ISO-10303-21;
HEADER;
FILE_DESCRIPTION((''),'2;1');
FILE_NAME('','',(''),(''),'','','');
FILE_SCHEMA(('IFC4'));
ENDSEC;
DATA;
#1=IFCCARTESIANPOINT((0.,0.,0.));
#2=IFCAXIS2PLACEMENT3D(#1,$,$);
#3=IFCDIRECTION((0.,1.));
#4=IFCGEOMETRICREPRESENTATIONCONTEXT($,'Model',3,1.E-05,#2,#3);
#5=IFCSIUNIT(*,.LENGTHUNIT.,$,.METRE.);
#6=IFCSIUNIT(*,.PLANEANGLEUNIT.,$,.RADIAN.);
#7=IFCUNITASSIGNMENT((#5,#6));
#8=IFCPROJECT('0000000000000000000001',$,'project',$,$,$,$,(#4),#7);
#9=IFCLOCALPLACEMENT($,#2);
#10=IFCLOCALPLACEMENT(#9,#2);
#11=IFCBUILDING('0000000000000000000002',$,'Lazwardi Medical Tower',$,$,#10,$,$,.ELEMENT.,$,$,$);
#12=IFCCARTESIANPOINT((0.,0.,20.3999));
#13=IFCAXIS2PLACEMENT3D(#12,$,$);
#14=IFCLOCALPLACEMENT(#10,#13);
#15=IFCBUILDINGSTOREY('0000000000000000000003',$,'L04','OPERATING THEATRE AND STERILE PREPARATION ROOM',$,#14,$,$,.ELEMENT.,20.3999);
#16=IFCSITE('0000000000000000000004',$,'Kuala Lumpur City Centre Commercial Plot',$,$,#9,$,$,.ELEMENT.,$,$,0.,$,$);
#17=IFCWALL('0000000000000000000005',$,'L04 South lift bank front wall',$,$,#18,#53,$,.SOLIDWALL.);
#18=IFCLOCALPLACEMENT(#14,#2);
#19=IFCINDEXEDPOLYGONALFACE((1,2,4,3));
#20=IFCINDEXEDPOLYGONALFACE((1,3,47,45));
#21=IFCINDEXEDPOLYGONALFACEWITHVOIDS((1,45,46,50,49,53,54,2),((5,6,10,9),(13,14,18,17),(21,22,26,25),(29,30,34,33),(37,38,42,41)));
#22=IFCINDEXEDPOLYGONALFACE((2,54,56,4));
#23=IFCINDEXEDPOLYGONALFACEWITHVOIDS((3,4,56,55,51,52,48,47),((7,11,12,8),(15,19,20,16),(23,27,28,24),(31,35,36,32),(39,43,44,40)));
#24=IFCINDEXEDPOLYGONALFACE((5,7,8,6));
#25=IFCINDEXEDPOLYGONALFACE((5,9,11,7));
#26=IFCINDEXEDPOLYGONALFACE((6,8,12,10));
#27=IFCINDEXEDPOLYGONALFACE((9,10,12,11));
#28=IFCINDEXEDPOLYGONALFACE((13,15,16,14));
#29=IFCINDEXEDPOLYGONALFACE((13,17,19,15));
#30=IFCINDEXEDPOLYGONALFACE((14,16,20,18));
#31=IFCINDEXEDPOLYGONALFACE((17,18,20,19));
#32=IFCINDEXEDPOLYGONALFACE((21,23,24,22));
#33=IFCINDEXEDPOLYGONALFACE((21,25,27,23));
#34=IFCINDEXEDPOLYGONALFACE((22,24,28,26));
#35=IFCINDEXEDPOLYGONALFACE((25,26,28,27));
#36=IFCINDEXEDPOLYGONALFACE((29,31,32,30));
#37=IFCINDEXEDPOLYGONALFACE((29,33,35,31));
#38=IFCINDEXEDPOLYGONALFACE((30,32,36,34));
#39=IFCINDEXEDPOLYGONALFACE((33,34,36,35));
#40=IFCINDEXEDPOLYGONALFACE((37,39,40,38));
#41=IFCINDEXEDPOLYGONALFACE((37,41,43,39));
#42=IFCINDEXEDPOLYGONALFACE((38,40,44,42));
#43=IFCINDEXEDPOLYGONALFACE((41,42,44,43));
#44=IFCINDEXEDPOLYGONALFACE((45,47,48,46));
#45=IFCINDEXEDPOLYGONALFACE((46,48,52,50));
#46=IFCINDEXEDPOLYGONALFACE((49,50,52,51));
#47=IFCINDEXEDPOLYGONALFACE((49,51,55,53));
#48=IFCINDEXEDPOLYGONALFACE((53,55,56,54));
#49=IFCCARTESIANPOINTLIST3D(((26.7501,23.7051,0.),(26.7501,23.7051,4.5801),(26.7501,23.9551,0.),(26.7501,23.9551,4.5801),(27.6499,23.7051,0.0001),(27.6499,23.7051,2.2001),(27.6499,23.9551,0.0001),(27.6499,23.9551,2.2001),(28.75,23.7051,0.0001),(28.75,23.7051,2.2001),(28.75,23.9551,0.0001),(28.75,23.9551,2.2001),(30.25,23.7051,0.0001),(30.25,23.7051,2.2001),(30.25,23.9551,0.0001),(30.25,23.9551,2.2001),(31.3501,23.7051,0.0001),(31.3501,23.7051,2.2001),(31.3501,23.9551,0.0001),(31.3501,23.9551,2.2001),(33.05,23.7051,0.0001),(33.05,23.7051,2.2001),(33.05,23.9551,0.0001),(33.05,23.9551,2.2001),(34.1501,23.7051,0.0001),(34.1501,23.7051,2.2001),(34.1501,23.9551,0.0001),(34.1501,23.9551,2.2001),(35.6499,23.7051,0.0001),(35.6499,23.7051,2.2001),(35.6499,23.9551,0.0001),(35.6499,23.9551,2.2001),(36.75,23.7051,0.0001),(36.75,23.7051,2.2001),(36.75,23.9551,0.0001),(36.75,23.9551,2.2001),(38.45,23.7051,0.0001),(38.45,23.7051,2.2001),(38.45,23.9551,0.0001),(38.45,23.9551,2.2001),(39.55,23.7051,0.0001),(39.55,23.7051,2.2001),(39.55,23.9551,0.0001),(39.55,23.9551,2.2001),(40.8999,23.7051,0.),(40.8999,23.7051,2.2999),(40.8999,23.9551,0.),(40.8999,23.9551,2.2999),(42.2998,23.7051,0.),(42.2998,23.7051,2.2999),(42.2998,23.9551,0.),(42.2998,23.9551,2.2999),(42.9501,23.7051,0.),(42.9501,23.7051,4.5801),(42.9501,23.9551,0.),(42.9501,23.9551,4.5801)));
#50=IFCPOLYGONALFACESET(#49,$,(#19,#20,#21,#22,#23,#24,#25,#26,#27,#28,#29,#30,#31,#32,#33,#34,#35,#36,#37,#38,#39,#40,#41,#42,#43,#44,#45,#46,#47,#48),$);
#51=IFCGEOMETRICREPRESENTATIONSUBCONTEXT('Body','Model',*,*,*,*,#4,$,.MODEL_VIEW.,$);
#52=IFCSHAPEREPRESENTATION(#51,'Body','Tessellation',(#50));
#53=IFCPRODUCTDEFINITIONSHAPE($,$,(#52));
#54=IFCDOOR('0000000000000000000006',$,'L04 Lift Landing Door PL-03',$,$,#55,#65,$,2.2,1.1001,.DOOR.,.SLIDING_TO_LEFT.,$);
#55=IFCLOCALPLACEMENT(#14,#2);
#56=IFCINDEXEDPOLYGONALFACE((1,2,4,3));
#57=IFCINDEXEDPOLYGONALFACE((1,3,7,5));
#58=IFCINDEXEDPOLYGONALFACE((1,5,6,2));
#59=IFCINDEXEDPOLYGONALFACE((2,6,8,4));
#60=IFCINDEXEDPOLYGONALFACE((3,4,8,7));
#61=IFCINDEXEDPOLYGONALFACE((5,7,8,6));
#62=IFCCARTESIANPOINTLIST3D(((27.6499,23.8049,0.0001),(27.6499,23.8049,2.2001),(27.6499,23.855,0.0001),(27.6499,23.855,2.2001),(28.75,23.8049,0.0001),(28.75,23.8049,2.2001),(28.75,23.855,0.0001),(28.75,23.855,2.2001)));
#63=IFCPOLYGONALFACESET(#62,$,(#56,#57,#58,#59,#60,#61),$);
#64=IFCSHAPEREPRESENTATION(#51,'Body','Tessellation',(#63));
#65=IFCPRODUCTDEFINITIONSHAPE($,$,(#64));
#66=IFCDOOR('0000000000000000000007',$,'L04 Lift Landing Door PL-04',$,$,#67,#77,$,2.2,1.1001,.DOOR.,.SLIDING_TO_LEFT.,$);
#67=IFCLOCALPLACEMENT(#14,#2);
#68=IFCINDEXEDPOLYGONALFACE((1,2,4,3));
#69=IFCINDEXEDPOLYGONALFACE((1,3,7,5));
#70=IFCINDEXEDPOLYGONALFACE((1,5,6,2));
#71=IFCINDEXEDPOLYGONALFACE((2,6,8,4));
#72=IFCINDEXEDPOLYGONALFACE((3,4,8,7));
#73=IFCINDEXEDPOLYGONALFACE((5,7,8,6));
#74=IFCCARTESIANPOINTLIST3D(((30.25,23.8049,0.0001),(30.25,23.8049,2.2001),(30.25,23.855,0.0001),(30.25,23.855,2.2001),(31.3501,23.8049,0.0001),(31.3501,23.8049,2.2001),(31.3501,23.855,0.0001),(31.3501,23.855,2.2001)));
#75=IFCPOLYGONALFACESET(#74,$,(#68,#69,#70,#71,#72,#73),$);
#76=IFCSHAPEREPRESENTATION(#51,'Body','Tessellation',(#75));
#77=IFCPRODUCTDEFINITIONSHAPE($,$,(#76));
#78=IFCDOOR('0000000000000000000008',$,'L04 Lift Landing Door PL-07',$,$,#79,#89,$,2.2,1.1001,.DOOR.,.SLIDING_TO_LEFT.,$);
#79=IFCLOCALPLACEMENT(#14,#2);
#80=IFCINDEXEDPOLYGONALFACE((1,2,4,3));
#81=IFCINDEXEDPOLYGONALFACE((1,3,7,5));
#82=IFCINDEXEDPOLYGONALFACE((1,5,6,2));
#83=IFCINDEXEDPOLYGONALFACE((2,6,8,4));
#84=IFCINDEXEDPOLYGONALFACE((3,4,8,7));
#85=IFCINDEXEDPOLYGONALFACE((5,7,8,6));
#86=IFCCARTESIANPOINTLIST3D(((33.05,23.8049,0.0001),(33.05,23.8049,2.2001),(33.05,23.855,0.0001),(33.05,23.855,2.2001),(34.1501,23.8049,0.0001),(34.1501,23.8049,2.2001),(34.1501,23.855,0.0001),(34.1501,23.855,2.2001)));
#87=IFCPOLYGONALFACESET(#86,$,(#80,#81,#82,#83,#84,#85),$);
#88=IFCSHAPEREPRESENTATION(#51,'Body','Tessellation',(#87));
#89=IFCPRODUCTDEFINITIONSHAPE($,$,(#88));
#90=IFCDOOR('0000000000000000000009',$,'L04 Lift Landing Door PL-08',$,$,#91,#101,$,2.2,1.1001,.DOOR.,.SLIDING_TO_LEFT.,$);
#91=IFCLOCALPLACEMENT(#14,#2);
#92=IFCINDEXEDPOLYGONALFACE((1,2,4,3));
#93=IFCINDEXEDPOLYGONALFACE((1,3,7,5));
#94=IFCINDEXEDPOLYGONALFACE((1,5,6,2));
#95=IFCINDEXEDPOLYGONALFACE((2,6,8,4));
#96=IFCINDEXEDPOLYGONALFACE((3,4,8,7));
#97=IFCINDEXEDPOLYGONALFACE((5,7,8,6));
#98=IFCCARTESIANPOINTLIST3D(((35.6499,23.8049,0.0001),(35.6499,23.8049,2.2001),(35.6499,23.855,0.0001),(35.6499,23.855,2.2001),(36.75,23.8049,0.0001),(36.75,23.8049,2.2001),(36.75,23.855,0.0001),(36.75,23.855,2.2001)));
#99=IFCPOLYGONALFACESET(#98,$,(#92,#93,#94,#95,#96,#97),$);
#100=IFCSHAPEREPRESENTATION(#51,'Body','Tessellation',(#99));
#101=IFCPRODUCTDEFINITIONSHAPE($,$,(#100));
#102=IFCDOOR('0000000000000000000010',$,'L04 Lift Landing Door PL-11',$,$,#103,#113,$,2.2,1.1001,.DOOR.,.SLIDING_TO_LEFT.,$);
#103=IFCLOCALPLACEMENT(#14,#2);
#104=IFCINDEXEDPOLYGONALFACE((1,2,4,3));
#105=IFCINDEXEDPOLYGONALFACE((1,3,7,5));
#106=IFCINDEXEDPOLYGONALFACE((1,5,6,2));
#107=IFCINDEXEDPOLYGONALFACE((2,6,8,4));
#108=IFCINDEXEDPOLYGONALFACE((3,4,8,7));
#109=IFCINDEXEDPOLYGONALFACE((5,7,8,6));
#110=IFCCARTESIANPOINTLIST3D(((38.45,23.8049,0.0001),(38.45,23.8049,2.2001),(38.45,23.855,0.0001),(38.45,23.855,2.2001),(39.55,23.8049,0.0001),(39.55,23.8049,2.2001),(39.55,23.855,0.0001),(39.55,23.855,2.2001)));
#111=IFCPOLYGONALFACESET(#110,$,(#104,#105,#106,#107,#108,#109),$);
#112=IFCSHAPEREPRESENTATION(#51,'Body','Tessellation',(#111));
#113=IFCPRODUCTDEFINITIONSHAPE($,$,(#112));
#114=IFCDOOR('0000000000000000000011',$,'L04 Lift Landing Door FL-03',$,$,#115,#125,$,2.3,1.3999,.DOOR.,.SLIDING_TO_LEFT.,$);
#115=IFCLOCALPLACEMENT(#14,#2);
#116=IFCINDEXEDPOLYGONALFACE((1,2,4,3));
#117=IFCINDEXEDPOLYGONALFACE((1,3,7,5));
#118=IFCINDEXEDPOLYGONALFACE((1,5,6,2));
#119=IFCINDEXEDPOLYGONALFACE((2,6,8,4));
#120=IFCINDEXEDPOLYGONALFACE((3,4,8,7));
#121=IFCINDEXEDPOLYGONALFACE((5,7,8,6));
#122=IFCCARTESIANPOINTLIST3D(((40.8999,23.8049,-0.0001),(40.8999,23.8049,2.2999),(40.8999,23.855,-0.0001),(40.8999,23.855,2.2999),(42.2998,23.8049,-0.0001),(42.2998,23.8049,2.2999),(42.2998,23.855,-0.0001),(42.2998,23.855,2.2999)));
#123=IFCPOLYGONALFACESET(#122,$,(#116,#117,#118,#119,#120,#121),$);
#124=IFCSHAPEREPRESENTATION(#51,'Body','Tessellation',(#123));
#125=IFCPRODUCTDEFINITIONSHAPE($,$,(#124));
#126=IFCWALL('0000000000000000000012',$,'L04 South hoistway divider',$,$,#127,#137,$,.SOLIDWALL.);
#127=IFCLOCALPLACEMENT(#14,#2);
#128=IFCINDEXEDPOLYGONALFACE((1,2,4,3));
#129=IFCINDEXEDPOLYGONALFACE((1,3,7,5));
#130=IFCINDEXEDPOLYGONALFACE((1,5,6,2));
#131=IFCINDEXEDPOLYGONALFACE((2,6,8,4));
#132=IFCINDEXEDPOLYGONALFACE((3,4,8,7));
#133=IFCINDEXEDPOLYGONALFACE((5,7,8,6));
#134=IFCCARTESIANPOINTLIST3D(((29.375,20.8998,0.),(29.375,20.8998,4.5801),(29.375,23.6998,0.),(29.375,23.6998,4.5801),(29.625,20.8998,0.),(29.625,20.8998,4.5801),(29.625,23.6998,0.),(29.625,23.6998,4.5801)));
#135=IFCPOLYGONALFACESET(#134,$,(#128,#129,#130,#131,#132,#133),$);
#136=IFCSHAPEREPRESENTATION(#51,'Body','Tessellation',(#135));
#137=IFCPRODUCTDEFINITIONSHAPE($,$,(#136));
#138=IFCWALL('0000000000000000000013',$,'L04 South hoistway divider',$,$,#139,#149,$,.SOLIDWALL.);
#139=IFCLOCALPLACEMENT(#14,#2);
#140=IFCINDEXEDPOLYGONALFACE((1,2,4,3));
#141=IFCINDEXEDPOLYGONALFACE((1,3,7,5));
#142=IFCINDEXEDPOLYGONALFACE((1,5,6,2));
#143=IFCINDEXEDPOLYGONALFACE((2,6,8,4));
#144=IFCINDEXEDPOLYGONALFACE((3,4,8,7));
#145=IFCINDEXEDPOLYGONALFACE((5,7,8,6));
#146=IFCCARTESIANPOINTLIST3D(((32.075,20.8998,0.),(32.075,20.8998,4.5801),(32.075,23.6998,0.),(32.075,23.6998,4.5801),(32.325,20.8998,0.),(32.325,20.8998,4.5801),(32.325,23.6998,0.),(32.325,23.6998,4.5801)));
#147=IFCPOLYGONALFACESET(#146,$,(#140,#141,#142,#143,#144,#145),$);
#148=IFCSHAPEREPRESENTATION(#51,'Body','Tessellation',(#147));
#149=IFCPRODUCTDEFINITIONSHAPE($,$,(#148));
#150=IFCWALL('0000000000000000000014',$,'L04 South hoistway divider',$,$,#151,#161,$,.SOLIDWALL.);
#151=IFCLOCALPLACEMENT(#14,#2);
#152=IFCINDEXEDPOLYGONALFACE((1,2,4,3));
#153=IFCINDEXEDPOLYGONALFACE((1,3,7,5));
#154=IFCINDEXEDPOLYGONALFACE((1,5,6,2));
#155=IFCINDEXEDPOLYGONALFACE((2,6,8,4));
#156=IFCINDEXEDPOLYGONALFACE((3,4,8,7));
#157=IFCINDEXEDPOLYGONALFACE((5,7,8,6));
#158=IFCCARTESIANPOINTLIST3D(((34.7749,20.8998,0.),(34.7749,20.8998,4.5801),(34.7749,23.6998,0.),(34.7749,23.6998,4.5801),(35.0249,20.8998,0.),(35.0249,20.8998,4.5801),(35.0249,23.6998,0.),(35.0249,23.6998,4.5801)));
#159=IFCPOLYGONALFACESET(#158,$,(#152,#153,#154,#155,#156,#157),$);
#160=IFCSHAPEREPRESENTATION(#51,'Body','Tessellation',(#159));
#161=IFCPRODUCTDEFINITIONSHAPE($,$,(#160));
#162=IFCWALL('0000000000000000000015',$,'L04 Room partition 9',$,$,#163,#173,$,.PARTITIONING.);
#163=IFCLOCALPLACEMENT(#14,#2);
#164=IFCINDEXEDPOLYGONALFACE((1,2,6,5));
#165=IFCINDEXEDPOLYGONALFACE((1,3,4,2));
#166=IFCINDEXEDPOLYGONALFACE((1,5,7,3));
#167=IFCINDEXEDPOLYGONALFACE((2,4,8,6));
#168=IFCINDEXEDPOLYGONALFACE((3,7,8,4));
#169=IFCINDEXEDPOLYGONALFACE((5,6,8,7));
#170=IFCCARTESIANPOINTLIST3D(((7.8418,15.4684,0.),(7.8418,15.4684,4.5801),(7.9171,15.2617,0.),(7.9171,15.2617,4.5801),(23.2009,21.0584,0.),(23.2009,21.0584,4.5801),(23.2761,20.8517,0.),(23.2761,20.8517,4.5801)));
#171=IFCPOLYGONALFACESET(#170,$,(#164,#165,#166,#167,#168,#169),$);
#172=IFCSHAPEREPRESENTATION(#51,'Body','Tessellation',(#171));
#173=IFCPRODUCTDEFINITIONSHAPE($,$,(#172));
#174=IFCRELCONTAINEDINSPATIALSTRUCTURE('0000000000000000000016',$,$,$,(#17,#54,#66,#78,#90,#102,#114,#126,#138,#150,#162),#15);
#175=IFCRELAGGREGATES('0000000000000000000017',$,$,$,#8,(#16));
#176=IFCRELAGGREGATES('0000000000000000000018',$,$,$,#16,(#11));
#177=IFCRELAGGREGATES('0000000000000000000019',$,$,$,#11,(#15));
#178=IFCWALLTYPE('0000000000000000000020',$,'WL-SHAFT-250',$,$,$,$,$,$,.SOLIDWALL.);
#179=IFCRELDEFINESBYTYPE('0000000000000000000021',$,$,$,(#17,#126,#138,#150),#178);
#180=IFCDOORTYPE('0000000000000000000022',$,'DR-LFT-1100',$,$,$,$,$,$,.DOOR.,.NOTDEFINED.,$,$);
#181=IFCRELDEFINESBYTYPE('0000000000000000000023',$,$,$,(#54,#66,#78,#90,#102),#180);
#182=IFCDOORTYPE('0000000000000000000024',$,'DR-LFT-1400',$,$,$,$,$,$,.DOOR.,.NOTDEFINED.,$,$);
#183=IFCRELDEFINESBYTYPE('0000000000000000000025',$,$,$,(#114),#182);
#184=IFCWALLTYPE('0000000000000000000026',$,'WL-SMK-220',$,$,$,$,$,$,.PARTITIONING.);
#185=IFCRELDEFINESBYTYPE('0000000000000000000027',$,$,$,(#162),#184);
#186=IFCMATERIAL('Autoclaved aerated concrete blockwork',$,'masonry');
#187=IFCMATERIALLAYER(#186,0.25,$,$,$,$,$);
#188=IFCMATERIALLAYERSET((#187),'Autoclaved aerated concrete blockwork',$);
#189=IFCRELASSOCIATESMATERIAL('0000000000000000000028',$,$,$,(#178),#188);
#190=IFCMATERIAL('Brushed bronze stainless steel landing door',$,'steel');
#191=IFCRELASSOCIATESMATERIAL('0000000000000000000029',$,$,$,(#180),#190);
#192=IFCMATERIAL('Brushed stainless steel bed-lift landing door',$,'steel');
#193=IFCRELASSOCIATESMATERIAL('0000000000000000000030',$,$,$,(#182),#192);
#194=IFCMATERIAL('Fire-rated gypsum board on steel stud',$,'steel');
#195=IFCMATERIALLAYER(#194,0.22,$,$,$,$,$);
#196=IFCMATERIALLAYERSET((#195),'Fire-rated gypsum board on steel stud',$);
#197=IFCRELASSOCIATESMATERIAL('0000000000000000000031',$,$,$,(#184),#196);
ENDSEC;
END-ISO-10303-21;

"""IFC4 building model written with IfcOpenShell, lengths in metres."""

from ifc_helpers import new_model, si_unit, direction, frame, frame_2d, origin, place, context, subcontext, project, spatial, rectangle, extrude, material, layer, layer_set, type_object, element, fill, save


model = new_model("IFC4")

# Units and contexts
model_context = context("Model", 3, precision=1e-05, world=origin(), true_north=direction((0.0, 1.0)))
body_context = subcontext(model_context, "Body", "Model", "MODEL_VIEW")
ifc_project = project(units=[si_unit("LENGTHUNIT", "METRE"), si_unit("PLANEANGLEUNIT", "RADIAN")], contexts=[model_context])

# Site, building, storey
site_placement = place(None, origin())
site = spatial("IfcSite", under=ifc_project, at=site_placement, Name="Kuala Lumpur City Centre Commercial Plot", CompositionType="ELEMENT", RefElevation=0.0)
building_placement = place(site_placement, origin())
building = spatial("IfcBuilding", under=site, at=building_placement, Name="Lazwardi Medical Tower", CompositionType="ELEMENT")
storey_placement = place(building_placement, frame((0.0, 0.0, 20.3999)))
storey = spatial("IfcBuildingStorey", under=building, at=storey_placement, Name="L04", Description="OPERATING THEATRE AND STERILE PREPARATION ROOM", CompositionType="ELEMENT", Elevation=20.3999)

# Shared definitions
ifc_material_1 = material(Name="Fire-rated gypsum board on steel stud", Category="steel")

# Wall, openings, doors
ifc_material_2 = material(Name="Autoclaved aerated concrete blockwork", Category="masonry")
ifc_layer_1 = layer(ifc_material_2, 0.25)
ifc_layer_set_1 = layer_set([ifc_layer_1], Name="Autoclaved aerated concrete blockwork")
wall_type_1 = type_object("IfcWallType", Name="WL-SHAFT-250", PredefinedType="SOLIDWALL", material=ifc_layer_set_1)
wall_1_placement = place(storey_placement, frame((26.75, 23.8301, 0.0), z_axis=(0.0, 0.0, 1.0), x_axis=(1.0, 0.0, 0.0)))
wall_1 = element("IfcWall", 1, at=wall_1_placement, inside=storey, type_object=wall_type_1, Name="L04 South lift bank front wall", PredefinedType="SOLIDWALL", context=body_context, shape_type="SweptSolid", body=[
    extrude(rectangle(XDim=16.2, YDim=0.25, at=frame_2d((8.1001, 0.0))), origin(), (0.0, 0.0, 1.0), 4.5801),
])
opening_1_placement = place(wall_1_placement, frame((0.8999, 0.0, 0.0)))
opening_1 = element("IfcOpeningElement", 2, at=opening_1_placement, cuts=wall_1, PredefinedType="OPENING", context=body_context, shape_type="SweptSolid", body=[
    extrude(rectangle(XDim=1.1001, YDim=2.2, at=frame_2d((0.55, 1.1001))), frame((0.0, 0.135, 0.0), z_axis=(0.0, -1.0, 0.0), x_axis=(1.0, 0.0, 0.0)), (0.0, 0.0, 1.0), 0.27),
])
opening_2_placement = place(wall_1_placement, frame((3.5, 0.0, 0.0)))
opening_2 = element("IfcOpeningElement", 3, at=opening_2_placement, cuts=wall_1, PredefinedType="OPENING", context=body_context, shape_type="SweptSolid", body=[
    extrude(rectangle(XDim=1.1001, YDim=2.2, at=frame_2d((0.55, 1.1001))), frame((0.0, 0.135, 0.0), z_axis=(0.0, -1.0, 0.0), x_axis=(1.0, 0.0, 0.0)), (0.0, 0.0, 1.0), 0.27),
])
opening_3_placement = place(wall_1_placement, frame((6.3, 0.0, 0.0)))
opening_3 = element("IfcOpeningElement", 4, at=opening_3_placement, cuts=wall_1, PredefinedType="OPENING", context=body_context, shape_type="SweptSolid", body=[
    extrude(rectangle(XDim=1.1001, YDim=2.2, at=frame_2d((0.55, 1.1001))), frame((0.0, 0.135, 0.0), z_axis=(0.0, -1.0, 0.0), x_axis=(1.0, 0.0, 0.0)), (0.0, 0.0, 1.0), 0.27),
])
opening_4_placement = place(wall_1_placement, frame((8.8999, 0.0, 0.0)))
opening_4 = element("IfcOpeningElement", 5, at=opening_4_placement, cuts=wall_1, PredefinedType="OPENING", context=body_context, shape_type="SweptSolid", body=[
    extrude(rectangle(XDim=1.1001, YDim=2.2, at=frame_2d((0.55, 1.1001))), frame((0.0, 0.135, 0.0), z_axis=(0.0, -1.0, 0.0), x_axis=(1.0, 0.0, 0.0)), (0.0, 0.0, 1.0), 0.27),
])
opening_5_placement = place(wall_1_placement, frame((11.7, 0.0, 0.0)))
opening_5 = element("IfcOpeningElement", 6, at=opening_5_placement, cuts=wall_1, PredefinedType="OPENING", context=body_context, shape_type="SweptSolid", body=[
    extrude(rectangle(XDim=1.1001, YDim=2.2, at=frame_2d((0.55, 1.1001))), frame((0.0, 0.135, 0.0), z_axis=(0.0, -1.0, 0.0), x_axis=(1.0, 0.0, 0.0)), (0.0, 0.0, 1.0), 0.27),
])
opening_6_placement = place(wall_1_placement, frame((14.1499, 0.0, 0.0)))
opening_6 = element("IfcOpeningElement", 7, at=opening_6_placement, cuts=wall_1, PredefinedType="OPENING", context=body_context, shape_type="SweptSolid", body=[
    extrude(rectangle(XDim=1.3999, YDim=2.3, at=frame_2d((0.7, 1.1499))), frame((0.0, 0.135, 0.0), z_axis=(0.0, -1.0, 0.0), x_axis=(1.0, 0.0, 0.0)), (0.0, 0.0, 1.0), 0.27),
])
ifc_material_3 = material(Name="Brushed bronze stainless steel landing door", Category="steel")
door_type_1 = type_object("IfcDoorType", Name="DR-LFT-1100", OperationType="NOTDEFINED", PredefinedType="DOOR", material=ifc_material_3)
door_1_placement = place(opening_1_placement, origin())
door_1 = element("IfcDoor", 8, at=door_1_placement, inside=storey, type_object=door_type_1, Name="L04 Lift Landing Door PL-03", OperationType="SLIDING_TO_LEFT", OverallHeight=2.2, OverallWidth=1.1001, PredefinedType="DOOR", context=body_context, shape_type="SweptSolid", body=[
    extrude(rectangle(XDim=1.1001, YDim=2.2, at=frame_2d((0.55, 1.1001))), frame((0.0, 0.0249, 0.0), z_axis=(0.0, -1.0, 0.0), x_axis=(1.0, 0.0, 0.0)), (0.0, 0.0, 1.0), 0.05),
])
fill(opening_1, door_1)
door_2_placement = place(opening_2_placement, origin())
door_2 = element("IfcDoor", 9, at=door_2_placement, inside=storey, type_object=door_type_1, Name="L04 Lift Landing Door PL-04", OperationType="SLIDING_TO_LEFT", OverallHeight=2.2, OverallWidth=1.1001, PredefinedType="DOOR", context=body_context, shape_type="SweptSolid", body=[
    extrude(rectangle(XDim=1.1001, YDim=2.2, at=frame_2d((0.55, 1.1001))), frame((0.0, 0.0249, 0.0), z_axis=(0.0, -1.0, 0.0), x_axis=(1.0, 0.0, 0.0)), (0.0, 0.0, 1.0), 0.05),
])
fill(opening_2, door_2)
door_3_placement = place(opening_3_placement, origin())
door_3 = element("IfcDoor", 10, at=door_3_placement, inside=storey, type_object=door_type_1, Name="L04 Lift Landing Door PL-07", OperationType="SLIDING_TO_LEFT", OverallHeight=2.2, OverallWidth=1.1001, PredefinedType="DOOR", context=body_context, shape_type="SweptSolid", body=[
    extrude(rectangle(XDim=1.1001, YDim=2.2, at=frame_2d((0.55, 1.1001))), frame((0.0, 0.0249, 0.0), z_axis=(0.0, -1.0, 0.0), x_axis=(1.0, 0.0, 0.0)), (0.0, 0.0, 1.0), 0.05),
])
fill(opening_3, door_3)
door_4_placement = place(opening_4_placement, origin())
door_4 = element("IfcDoor", 11, at=door_4_placement, inside=storey, type_object=door_type_1, Name="L04 Lift Landing Door PL-08", OperationType="SLIDING_TO_LEFT", OverallHeight=2.2, OverallWidth=1.1001, PredefinedType="DOOR", context=body_context, shape_type="SweptSolid", body=[
    extrude(rectangle(XDim=1.1001, YDim=2.2, at=frame_2d((0.55, 1.1001))), frame((0.0, 0.0249, 0.0), z_axis=(0.0, -1.0, 0.0), x_axis=(1.0, 0.0, 0.0)), (0.0, 0.0, 1.0), 0.05),
])
fill(opening_4, door_4)
door_5_placement = place(opening_5_placement, origin())
door_5 = element("IfcDoor", 12, at=door_5_placement, inside=storey, type_object=door_type_1, Name="L04 Lift Landing Door PL-11", OperationType="SLIDING_TO_LEFT", OverallHeight=2.2, OverallWidth=1.1001, PredefinedType="DOOR", context=body_context, shape_type="SweptSolid", body=[
    extrude(rectangle(XDim=1.1001, YDim=2.2, at=frame_2d((0.55, 1.1001))), frame((0.0, 0.0249, 0.0), z_axis=(0.0, -1.0, 0.0), x_axis=(1.0, 0.0, 0.0)), (0.0, 0.0, 1.0), 0.05),
])
fill(opening_5, door_5)
ifc_material_4 = material(Name="Brushed stainless steel bed-lift landing door", Category="steel")
door_type_2 = type_object("IfcDoorType", Name="DR-LFT-1400", OperationType="NOTDEFINED", PredefinedType="DOOR", material=ifc_material_4)
door_6_placement = place(opening_6_placement, origin())
door_6 = element("IfcDoor", 13, at=door_6_placement, inside=storey, type_object=door_type_2, Name="L04 Lift Landing Door FL-03", OperationType="SLIDING_TO_LEFT", OverallHeight=2.3, OverallWidth=1.3999, PredefinedType="DOOR", context=body_context, shape_type="SweptSolid", body=[
    extrude(rectangle(XDim=1.3999, YDim=2.3, at=frame_2d((0.7, 1.1499))), frame((0.0, 0.0249, 0.0), z_axis=(0.0, -1.0, 0.0), x_axis=(1.0, 0.0, 0.0)), (0.0, 0.0, 1.0), 0.05),
])
fill(opening_6, door_6)

# Walls
for number, where, z_axis, x_axis, name in (
    (14, (29.5, 20.8999, 0.0), (0.0, 0.0, 1.0), (0.0, 1.0, 0.0), "L04 South hoistway divider"),
    (15, (32.2, 20.8999, 0.0), (0.0, 0.0, 1.0), (0.0, 1.0, 0.0), "L04 South hoistway divider"),
    (16, (34.8999, 20.8999, 0.0), (0.0, 0.0, 1.0), (0.0, 1.0, 0.0), "L04 South hoistway divider"),
):
    element("IfcWall", number, at=place(storey_placement, frame(where, z_axis=z_axis, x_axis=x_axis)), inside=storey, type_object=wall_type_1, Name=name, PredefinedType="SOLIDWALL", context=body_context, shape_type="SweptSolid", body=[
        extrude(rectangle(XDim=2.8, YDim=0.25, at=frame_2d((1.3999, 0.0))), origin(), (0.0, 0.0, 1.0), 4.5801),
    ])
ifc_layer_2 = layer(ifc_material_1, 0.22)
ifc_layer_set_2 = layer_set([ifc_layer_2], Name="Fire-rated gypsum board on steel stud")
wall_type_2 = type_object("IfcWallType", Name="WL-SMK-220", PredefinedType="PARTITIONING", material=ifc_layer_set_2)
wall_2_placement = place(storey_placement, frame((23.2385, 20.9551, 0.0), z_axis=(0.0, 0.0, 1.0), x_axis=(-0.939696, -0.34201, 0.0)))
element("IfcWall", 17, at=wall_2_placement, inside=storey, type_object=wall_type_2, Name="L04 Room partition 9", PredefinedType="PARTITIONING", context=body_context, shape_type="SweptSolid", body=[
    extrude(rectangle(XDim=16.3447, YDim=0.22, at=frame_2d((8.1724, 0.0))), origin(), (0.0, 0.0, 1.0), 4.5801),
])

save(model, "model.ifc")
